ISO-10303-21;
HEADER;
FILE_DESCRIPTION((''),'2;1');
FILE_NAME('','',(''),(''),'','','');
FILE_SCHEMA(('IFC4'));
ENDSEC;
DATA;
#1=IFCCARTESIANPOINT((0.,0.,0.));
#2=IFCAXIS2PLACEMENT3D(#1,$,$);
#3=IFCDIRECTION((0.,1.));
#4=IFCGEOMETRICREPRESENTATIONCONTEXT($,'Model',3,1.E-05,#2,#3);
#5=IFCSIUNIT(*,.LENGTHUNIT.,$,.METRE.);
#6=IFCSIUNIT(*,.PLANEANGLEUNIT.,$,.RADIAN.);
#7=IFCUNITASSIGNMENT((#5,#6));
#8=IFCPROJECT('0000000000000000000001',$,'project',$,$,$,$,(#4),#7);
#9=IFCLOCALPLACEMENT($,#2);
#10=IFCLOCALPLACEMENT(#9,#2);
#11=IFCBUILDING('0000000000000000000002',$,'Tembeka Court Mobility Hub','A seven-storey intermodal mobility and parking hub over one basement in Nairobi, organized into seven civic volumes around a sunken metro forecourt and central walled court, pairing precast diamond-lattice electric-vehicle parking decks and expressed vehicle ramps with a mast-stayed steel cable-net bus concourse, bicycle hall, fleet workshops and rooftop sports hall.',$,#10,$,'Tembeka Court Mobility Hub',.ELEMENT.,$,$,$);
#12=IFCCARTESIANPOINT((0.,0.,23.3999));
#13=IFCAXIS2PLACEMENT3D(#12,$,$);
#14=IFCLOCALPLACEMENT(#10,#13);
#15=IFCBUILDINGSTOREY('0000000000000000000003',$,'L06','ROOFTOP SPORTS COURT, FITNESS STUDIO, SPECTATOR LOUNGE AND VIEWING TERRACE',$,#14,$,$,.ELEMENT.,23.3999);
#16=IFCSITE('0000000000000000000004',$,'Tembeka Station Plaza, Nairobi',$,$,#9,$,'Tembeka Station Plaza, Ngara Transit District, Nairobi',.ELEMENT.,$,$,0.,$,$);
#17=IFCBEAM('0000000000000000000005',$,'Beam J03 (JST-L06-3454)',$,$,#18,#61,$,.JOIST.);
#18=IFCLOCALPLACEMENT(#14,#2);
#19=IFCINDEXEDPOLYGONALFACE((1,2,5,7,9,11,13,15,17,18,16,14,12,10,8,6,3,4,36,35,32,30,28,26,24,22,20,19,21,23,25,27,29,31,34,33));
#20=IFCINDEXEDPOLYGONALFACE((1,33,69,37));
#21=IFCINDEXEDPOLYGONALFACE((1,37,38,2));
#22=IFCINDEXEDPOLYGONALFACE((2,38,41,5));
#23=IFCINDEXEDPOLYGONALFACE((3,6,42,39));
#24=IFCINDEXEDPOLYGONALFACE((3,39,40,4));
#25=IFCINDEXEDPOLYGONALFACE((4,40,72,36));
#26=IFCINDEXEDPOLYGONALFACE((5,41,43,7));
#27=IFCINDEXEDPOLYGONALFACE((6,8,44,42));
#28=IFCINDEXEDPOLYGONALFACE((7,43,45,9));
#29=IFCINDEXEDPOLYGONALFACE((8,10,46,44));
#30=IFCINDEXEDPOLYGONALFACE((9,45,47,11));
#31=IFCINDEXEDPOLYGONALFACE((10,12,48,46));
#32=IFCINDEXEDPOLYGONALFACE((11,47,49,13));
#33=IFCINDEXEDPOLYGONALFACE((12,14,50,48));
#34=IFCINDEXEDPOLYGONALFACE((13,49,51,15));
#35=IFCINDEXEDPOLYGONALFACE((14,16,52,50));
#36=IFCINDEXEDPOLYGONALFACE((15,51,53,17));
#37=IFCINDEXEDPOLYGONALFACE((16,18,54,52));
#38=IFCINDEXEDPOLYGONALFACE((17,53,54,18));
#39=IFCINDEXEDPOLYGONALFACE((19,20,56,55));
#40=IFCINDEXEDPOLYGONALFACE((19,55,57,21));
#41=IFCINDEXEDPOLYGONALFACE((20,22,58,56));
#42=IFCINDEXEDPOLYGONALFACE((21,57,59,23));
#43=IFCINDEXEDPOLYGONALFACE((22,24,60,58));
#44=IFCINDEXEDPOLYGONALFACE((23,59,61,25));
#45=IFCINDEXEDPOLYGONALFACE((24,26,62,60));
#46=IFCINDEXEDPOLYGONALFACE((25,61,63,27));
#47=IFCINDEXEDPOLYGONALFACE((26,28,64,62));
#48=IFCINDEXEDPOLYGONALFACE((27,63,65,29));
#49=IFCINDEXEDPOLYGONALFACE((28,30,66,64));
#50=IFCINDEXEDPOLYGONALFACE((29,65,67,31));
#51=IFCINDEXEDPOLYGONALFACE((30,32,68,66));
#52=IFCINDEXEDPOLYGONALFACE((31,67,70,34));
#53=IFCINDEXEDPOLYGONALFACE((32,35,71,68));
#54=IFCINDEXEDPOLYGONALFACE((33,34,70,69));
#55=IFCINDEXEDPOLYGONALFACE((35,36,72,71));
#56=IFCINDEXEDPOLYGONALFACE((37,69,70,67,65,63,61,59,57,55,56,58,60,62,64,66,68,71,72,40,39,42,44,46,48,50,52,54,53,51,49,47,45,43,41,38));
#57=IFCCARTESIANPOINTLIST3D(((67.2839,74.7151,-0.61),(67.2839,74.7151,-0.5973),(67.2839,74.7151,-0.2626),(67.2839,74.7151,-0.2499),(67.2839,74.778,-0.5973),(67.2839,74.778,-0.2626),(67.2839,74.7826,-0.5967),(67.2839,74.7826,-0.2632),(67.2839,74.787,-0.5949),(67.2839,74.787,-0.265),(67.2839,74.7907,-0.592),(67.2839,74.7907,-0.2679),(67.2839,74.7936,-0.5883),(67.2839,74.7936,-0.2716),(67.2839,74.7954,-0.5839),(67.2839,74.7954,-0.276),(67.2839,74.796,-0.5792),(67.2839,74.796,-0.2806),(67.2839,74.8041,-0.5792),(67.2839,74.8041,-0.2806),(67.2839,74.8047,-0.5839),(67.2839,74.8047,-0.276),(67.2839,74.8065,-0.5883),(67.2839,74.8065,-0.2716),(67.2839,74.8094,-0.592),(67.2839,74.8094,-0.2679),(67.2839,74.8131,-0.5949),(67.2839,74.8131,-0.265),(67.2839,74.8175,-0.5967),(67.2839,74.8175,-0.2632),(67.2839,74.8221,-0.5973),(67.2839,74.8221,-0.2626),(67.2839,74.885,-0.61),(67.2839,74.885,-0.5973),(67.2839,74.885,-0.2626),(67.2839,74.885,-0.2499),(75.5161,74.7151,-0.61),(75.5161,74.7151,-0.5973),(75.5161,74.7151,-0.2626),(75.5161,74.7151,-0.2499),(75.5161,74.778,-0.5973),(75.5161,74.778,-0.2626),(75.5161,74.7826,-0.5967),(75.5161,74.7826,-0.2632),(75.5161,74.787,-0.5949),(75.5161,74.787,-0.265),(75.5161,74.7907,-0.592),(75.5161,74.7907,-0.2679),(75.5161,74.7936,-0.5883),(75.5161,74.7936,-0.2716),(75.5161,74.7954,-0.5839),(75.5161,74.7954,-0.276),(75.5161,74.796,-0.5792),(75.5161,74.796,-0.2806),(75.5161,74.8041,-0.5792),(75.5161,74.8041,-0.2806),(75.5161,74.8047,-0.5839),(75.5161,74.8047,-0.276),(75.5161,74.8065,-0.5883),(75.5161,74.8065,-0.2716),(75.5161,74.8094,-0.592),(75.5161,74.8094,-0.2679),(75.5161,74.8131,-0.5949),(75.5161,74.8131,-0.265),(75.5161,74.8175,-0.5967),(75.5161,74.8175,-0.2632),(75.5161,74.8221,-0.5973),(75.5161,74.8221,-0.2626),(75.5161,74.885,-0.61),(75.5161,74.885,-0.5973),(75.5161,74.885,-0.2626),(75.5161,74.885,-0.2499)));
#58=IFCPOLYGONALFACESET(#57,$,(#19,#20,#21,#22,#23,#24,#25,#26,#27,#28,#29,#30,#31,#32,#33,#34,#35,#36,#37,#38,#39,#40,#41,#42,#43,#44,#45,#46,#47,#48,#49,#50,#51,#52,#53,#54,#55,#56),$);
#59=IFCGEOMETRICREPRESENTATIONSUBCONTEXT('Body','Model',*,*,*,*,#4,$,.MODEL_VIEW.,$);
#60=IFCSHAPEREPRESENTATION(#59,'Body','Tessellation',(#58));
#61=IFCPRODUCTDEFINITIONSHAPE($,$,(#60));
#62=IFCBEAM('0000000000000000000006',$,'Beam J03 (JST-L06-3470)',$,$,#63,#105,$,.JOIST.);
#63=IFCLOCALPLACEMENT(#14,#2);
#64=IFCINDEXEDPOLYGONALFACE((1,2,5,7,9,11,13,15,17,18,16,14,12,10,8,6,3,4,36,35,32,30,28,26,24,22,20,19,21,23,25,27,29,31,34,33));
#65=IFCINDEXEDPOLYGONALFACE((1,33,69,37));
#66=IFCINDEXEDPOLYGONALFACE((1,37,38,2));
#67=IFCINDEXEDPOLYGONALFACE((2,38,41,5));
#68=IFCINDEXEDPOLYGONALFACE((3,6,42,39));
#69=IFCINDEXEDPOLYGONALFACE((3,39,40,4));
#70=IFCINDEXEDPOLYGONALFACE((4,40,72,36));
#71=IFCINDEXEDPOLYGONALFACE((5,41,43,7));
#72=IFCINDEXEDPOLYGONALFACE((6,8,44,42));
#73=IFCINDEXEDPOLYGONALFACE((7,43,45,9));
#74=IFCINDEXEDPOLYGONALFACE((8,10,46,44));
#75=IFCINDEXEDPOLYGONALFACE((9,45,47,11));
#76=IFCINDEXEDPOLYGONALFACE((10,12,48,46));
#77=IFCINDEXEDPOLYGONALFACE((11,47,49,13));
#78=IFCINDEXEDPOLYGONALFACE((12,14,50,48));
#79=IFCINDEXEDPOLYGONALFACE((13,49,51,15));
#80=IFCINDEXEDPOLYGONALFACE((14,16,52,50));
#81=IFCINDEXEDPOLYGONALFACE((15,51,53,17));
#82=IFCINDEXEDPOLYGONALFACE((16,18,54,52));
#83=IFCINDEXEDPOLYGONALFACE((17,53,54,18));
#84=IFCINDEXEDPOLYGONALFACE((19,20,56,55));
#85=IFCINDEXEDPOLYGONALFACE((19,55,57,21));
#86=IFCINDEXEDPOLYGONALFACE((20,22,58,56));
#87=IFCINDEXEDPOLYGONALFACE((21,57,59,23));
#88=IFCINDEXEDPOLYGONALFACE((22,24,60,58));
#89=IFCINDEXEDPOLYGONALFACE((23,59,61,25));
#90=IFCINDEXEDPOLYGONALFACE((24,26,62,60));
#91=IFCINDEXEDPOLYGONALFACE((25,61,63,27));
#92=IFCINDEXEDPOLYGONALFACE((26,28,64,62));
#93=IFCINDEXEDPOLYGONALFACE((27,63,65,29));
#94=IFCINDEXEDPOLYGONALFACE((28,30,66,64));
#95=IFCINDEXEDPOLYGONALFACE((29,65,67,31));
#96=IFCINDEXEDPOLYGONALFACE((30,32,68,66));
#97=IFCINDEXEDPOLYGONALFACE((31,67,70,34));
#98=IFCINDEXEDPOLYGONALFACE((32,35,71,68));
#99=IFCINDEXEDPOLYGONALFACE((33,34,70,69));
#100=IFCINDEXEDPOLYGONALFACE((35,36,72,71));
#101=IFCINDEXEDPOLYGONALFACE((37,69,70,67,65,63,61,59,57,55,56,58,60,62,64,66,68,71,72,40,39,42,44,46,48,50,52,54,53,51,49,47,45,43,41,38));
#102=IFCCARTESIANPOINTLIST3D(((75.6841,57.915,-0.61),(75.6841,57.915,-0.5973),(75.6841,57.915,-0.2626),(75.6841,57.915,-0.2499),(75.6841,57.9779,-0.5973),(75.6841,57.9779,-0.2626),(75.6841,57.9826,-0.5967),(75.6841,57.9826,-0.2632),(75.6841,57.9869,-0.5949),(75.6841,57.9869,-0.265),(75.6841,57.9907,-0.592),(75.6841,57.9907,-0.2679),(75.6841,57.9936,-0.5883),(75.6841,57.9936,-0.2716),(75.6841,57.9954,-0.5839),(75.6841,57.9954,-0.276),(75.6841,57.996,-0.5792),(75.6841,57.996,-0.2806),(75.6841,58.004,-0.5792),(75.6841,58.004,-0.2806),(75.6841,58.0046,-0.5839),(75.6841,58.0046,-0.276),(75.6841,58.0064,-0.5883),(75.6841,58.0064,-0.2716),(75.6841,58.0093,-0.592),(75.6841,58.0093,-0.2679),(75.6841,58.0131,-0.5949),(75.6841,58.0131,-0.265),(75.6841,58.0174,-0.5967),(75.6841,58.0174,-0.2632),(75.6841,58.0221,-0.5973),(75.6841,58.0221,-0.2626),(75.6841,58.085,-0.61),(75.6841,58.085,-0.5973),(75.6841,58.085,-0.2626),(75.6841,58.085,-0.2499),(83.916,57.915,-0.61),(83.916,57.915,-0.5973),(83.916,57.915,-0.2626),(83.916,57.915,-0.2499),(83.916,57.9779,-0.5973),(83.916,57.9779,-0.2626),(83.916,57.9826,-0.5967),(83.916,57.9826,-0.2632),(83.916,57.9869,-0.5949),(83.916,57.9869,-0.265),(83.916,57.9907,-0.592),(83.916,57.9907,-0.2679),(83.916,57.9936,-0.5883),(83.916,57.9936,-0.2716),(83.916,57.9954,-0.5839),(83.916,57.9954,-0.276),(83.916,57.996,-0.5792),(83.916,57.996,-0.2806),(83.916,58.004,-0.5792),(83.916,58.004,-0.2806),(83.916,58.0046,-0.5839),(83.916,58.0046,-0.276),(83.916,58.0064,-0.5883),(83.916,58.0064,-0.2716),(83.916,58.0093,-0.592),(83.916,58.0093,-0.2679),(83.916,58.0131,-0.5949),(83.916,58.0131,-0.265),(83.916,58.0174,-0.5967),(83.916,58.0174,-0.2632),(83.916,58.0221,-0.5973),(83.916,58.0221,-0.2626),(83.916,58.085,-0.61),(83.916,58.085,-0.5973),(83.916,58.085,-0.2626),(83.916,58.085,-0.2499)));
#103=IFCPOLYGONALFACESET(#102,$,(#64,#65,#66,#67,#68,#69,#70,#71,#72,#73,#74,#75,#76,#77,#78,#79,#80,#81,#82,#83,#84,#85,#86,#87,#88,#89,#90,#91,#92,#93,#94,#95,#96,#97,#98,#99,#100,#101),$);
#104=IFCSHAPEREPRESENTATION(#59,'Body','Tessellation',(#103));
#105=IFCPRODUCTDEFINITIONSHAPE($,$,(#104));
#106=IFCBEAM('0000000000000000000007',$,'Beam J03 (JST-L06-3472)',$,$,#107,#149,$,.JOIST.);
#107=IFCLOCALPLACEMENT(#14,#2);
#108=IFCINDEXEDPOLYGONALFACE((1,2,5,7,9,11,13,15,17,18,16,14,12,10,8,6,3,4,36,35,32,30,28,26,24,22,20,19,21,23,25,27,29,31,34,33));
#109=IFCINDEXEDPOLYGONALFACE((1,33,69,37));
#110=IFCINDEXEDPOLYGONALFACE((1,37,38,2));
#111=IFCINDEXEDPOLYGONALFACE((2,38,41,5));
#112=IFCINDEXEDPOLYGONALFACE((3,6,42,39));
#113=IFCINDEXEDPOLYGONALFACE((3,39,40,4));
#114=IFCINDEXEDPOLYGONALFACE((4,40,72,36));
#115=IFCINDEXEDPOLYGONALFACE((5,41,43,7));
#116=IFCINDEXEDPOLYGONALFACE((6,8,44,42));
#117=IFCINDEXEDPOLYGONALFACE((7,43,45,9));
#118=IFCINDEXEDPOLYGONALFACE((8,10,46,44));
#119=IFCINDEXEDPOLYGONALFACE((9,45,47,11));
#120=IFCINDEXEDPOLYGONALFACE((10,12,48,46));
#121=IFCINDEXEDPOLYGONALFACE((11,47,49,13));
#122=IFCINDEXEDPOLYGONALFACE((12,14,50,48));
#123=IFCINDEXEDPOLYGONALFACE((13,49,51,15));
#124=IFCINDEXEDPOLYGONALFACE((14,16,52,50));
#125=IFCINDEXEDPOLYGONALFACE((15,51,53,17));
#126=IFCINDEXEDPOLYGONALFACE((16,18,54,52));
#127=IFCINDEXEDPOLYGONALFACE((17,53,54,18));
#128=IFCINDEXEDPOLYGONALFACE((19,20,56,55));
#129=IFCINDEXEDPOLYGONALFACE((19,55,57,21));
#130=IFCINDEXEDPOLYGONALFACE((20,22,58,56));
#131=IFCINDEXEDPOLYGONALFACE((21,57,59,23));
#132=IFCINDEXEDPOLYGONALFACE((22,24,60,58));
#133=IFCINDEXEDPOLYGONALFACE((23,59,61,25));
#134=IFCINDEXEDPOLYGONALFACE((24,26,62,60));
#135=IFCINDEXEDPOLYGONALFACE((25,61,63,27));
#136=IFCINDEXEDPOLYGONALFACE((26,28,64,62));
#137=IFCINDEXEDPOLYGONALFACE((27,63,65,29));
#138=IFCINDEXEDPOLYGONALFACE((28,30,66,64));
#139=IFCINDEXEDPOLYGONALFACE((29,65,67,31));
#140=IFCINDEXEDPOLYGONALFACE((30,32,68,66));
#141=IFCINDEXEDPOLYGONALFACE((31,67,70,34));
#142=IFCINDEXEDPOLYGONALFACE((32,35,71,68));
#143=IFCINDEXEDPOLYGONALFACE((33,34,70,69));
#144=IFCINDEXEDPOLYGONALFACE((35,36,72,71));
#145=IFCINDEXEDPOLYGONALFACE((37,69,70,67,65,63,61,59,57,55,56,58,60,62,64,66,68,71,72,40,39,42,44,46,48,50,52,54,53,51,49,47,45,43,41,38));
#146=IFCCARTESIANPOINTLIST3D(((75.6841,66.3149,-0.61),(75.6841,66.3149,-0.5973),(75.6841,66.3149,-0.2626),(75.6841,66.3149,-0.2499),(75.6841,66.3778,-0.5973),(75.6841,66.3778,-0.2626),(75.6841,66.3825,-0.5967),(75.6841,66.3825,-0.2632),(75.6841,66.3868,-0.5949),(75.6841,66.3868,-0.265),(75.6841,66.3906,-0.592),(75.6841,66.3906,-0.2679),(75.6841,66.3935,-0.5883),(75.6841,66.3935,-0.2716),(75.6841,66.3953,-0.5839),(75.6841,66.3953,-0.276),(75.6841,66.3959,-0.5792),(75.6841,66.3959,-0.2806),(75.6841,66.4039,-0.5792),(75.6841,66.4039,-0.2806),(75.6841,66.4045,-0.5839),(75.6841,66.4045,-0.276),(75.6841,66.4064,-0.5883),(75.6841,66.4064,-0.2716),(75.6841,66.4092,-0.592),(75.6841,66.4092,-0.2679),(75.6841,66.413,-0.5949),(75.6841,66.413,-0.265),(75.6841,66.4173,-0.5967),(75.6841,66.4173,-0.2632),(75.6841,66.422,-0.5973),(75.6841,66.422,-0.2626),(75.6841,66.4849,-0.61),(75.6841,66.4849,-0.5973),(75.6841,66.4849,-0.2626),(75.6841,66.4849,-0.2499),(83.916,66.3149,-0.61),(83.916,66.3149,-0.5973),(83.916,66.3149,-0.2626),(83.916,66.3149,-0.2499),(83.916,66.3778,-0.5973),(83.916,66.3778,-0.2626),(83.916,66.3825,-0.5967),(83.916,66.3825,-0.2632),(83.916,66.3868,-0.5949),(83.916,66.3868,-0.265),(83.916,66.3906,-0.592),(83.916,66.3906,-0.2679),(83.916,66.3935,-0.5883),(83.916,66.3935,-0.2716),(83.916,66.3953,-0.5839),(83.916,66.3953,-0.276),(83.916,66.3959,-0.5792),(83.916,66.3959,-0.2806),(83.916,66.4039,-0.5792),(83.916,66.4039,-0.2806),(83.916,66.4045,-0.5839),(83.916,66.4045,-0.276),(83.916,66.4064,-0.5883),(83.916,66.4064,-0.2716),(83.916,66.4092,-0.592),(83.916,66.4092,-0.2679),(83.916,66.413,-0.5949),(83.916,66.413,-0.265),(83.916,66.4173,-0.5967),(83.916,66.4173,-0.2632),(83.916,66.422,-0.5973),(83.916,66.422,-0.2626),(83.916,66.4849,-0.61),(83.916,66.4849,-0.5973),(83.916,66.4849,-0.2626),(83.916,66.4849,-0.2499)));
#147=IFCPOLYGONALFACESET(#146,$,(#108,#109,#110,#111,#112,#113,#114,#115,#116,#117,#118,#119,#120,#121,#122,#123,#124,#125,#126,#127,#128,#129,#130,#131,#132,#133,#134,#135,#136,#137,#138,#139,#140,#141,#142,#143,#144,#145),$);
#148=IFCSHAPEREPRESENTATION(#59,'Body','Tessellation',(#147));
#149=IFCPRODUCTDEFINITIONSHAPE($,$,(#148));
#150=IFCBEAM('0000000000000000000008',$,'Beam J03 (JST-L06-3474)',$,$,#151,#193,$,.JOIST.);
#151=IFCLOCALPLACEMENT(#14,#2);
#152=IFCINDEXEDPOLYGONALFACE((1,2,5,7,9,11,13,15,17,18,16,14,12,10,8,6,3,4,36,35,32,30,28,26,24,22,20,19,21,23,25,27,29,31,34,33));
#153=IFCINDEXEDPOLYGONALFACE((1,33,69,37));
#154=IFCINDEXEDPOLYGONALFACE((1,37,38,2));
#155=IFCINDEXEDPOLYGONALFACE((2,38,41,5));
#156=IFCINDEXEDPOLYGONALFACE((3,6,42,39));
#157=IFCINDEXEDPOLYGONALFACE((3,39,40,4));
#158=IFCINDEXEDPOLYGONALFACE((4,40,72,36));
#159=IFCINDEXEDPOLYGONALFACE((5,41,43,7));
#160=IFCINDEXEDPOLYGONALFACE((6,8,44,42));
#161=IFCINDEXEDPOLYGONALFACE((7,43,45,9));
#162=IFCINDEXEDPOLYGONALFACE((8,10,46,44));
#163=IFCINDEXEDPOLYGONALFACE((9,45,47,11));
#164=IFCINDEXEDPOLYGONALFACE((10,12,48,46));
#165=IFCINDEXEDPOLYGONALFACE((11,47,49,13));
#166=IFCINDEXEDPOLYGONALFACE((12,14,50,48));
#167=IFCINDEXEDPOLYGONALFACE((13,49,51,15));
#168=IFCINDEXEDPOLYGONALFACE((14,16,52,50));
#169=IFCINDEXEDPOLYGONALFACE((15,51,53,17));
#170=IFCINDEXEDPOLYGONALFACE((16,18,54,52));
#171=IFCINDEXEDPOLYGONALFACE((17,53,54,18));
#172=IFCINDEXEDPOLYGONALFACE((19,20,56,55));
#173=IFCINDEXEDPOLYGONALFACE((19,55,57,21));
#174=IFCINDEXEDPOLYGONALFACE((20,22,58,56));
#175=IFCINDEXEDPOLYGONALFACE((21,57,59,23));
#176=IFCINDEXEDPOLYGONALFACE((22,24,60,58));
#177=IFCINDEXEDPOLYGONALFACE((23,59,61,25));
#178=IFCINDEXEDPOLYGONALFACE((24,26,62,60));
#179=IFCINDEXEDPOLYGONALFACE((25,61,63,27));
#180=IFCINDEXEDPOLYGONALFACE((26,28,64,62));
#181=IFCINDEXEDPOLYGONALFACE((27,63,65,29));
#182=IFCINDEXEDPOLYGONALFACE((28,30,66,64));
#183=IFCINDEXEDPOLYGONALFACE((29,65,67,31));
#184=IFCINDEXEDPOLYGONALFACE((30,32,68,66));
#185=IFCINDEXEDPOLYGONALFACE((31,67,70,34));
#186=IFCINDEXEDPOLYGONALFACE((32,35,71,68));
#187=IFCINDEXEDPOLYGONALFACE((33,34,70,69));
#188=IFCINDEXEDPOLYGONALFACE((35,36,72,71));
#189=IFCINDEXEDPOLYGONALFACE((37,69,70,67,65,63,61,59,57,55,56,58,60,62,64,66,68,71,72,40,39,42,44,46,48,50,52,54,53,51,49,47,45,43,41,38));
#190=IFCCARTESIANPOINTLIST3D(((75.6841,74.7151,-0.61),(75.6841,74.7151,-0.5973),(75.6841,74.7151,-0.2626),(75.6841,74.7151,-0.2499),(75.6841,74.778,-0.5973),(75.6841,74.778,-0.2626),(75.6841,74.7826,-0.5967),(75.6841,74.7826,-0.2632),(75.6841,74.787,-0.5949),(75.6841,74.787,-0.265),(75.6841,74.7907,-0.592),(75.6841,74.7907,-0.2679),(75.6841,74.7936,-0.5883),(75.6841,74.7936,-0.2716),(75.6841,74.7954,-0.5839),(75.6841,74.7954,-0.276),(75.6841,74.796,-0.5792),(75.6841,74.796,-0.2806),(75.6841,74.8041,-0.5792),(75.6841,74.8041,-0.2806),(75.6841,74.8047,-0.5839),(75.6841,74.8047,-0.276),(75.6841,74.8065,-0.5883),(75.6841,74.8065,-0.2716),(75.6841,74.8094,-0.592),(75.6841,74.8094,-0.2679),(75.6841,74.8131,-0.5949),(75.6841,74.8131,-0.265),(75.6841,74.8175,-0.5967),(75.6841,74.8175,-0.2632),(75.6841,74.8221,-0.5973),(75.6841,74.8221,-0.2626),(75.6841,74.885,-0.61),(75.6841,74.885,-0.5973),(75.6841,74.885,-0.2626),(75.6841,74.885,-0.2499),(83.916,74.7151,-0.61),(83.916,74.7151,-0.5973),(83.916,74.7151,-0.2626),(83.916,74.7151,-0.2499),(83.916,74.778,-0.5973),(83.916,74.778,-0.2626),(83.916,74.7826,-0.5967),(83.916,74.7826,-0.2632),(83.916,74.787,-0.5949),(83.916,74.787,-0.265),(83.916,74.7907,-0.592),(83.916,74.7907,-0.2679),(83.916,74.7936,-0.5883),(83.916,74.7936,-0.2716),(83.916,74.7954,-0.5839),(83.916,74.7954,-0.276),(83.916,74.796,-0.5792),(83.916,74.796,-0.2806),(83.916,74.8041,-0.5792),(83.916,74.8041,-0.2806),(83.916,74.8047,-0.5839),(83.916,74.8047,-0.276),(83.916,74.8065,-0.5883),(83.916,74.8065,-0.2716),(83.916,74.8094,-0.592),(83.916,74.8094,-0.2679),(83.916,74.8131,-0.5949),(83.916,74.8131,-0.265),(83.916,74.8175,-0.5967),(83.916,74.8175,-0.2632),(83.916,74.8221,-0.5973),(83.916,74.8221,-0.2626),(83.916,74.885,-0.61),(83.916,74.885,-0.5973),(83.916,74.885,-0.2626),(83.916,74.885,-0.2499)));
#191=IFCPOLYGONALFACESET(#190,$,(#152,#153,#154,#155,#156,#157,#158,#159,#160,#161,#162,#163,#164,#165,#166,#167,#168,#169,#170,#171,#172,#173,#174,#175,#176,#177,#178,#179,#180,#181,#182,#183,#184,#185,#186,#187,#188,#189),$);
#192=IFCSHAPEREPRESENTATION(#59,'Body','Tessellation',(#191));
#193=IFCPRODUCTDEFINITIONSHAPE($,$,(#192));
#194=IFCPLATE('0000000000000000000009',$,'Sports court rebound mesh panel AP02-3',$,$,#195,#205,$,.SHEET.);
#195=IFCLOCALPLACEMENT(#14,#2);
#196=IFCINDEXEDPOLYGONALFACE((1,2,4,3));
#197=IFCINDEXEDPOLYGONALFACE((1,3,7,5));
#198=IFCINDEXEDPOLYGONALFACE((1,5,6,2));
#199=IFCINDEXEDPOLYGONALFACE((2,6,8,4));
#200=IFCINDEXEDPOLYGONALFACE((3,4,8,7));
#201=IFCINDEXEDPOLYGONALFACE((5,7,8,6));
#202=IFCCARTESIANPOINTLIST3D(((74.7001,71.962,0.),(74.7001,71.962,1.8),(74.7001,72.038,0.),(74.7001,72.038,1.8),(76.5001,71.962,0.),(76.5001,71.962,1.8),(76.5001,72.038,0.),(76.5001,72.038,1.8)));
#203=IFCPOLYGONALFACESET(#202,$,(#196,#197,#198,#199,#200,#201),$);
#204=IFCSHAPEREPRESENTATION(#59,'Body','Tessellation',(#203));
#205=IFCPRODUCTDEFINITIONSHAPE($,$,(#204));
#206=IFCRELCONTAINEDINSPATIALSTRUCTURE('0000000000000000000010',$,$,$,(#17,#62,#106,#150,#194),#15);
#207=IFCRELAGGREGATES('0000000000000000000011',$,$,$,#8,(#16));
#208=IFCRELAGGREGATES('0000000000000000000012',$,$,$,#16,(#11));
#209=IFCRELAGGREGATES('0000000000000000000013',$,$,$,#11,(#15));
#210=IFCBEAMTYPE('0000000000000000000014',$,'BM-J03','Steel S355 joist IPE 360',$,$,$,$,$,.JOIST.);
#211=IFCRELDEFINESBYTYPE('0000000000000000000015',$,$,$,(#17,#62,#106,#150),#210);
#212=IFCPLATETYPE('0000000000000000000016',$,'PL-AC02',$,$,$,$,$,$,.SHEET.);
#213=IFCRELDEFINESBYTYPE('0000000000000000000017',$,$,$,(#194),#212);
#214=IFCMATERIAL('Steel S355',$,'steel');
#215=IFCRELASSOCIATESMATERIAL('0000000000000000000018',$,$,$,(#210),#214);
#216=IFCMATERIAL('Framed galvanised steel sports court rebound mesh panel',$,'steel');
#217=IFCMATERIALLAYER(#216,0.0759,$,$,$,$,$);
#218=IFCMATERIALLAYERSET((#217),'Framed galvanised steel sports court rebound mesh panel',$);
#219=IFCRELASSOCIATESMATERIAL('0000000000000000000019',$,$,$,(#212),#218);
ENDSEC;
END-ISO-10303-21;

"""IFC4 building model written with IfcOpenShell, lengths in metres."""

from ifc_helpers import new_model, si_unit, direction, frame, origin, origin_2d, place, context, subcontext, project, spatial, rectangle, i_section, extrude, material, layer, layer_set, material_profile, profile_set, type_object, element, save


model = new_model("IFC4")

# Units and contexts
model_context = context("Model", 3, precision=1e-05, world=origin(), true_north=direction((0.0, 1.0)))
body_context = subcontext(model_context, "Body", "Model", "MODEL_VIEW")
ifc_project = project(units=[si_unit("LENGTHUNIT", "METRE"), si_unit("PLANEANGLEUNIT", "RADIAN")], contexts=[model_context])

# Site, building, storey
site_placement = place(None, origin())
site = spatial("IfcSite", under=ifc_project, at=site_placement, Name="Tembeka Station Plaza, Nairobi", LongName="Tembeka Station Plaza, Ngara Transit District, Nairobi", CompositionType="ELEMENT", RefElevation=0.0)
building_placement = place(site_placement, origin())
building = spatial("IfcBuilding", under=site, at=building_placement, Name="Tembeka Court Mobility Hub", Description="A seven-storey intermodal mobility and parking hub over one basement in Nairobi, organized into seven civic volumes around a sunken metro forecourt and central walled court, pairing precast diamond-lattice electric-vehicle parking decks and expressed vehicle ramps with a mast-stayed steel cable-net bus concourse, bicycle hall, fleet workshops and rooftop sports hall.", LongName="Tembeka Court Mobility Hub", CompositionType="ELEMENT")
storey_placement = place(building_placement, frame((0.0, 0.0, 23.3999)))
storey = spatial("IfcBuildingStorey", under=building, at=storey_placement, Name="L06", Description="ROOFTOP SPORTS COURT, FITNESS STUDIO, SPECTATOR LOUNGE AND VIEWING TERRACE", CompositionType="ELEMENT", Elevation=23.3999)

# Shared definitions
ifc_material_1 = material(Name="Steel S355", Category="steel")

# Beams
ifc_material_profile_1 = material_profile(ifc_material_1, i_section(OverallWidth=0.1699, OverallDepth=0.3601, WebThickness=0.0081, FlangeThickness=0.0127, FilletRadius=0.0181, at=origin_2d()), Name="IPE 360")
ifc_profile_set_1 = profile_set([ifc_material_profile_1], Name="Steel S355")
beam_type_1 = type_object("IfcBeamType", Name="BM-J03", Description="Steel S355 joist IPE 360", PredefinedType="JOIST", material=ifc_profile_set_1)
for number, where, z_axis, x_axis, name in (
    (1, (67.2839, 74.8, -0.4299), (1.0, 0.0, 0.0), (0.0, 1.0, 0.0), "Beam J03 (JST-L06-3454)"),
):
    element("IfcBeam", number, at=place(storey_placement, frame(where, z_axis=z_axis, x_axis=x_axis)), inside=storey, type_object=beam_type_1, Name=name, PredefinedType="JOIST", context=body_context, shape_type="SweptSolid", body=[
        extrude(i_section(OverallWidth=0.1699, OverallDepth=0.3601, WebThickness=0.0081, FlangeThickness=0.0127, FilletRadius=0.0181, at=origin_2d()), origin(), (0.0, 0.0, 1.0), 8.2322),
    ])
for number, where, z_axis, x_axis, name in (
    (2, (75.6841, 58.0, -0.4299), (1.0, 0.0, 0.0), (0.0, 1.0, 0.0), "Beam J03 (JST-L06-3470)"),
    (3, (75.6841, 66.3999, -0.4299), (1.0, 0.0, 0.0), (0.0, 1.0, 0.0), "Beam J03 (JST-L06-3472)"),
    (4, (75.6841, 74.8, -0.4299), (1.0, 0.0, 0.0), (0.0, 1.0, 0.0), "Beam J03 (JST-L06-3474)"),
):
    element("IfcBeam", number, at=place(storey_placement, frame(where, z_axis=z_axis, x_axis=x_axis)), inside=storey, type_object=beam_type_1, Name=name, PredefinedType="JOIST", context=body_context, shape_type="SweptSolid", body=[
        extrude(i_section(OverallWidth=0.1699, OverallDepth=0.3601, WebThickness=0.0081, FlangeThickness=0.0127, FilletRadius=0.0181, at=origin_2d()), origin(), (0.0, 0.0, 1.0), 8.2319),
    ])

# Plate
ifc_material_2 = material(Name="Framed galvanised steel sports court rebound mesh panel", Category="steel")
ifc_layer_1 = layer(ifc_material_2, 0.0759)
ifc_layer_set_1 = layer_set([ifc_layer_1], Name="Framed galvanised steel sports court rebound mesh panel")
plate_type = type_object("IfcPlateType", Name="PL-AC02", PredefinedType="SHEET", material=ifc_layer_set_1)
plate_placement = place(storey_placement, frame((75.6001, 72.0, 0.0), z_axis=(0.0, 0.0, 1.0), x_axis=(1.0, 0.0, 0.0)))
element("IfcPlate", 5, at=plate_placement, inside=storey, type_object=plate_type, Name="Sports court rebound mesh panel AP02-3", PredefinedType="SHEET", context=body_context, shape_type="SweptSolid", body=[
    extrude(rectangle(XDim=1.8, YDim=0.0759, at=origin_2d()), origin(), (0.0, 0.0, 1.0), 1.8),
])

save(model, "model.ifc")
